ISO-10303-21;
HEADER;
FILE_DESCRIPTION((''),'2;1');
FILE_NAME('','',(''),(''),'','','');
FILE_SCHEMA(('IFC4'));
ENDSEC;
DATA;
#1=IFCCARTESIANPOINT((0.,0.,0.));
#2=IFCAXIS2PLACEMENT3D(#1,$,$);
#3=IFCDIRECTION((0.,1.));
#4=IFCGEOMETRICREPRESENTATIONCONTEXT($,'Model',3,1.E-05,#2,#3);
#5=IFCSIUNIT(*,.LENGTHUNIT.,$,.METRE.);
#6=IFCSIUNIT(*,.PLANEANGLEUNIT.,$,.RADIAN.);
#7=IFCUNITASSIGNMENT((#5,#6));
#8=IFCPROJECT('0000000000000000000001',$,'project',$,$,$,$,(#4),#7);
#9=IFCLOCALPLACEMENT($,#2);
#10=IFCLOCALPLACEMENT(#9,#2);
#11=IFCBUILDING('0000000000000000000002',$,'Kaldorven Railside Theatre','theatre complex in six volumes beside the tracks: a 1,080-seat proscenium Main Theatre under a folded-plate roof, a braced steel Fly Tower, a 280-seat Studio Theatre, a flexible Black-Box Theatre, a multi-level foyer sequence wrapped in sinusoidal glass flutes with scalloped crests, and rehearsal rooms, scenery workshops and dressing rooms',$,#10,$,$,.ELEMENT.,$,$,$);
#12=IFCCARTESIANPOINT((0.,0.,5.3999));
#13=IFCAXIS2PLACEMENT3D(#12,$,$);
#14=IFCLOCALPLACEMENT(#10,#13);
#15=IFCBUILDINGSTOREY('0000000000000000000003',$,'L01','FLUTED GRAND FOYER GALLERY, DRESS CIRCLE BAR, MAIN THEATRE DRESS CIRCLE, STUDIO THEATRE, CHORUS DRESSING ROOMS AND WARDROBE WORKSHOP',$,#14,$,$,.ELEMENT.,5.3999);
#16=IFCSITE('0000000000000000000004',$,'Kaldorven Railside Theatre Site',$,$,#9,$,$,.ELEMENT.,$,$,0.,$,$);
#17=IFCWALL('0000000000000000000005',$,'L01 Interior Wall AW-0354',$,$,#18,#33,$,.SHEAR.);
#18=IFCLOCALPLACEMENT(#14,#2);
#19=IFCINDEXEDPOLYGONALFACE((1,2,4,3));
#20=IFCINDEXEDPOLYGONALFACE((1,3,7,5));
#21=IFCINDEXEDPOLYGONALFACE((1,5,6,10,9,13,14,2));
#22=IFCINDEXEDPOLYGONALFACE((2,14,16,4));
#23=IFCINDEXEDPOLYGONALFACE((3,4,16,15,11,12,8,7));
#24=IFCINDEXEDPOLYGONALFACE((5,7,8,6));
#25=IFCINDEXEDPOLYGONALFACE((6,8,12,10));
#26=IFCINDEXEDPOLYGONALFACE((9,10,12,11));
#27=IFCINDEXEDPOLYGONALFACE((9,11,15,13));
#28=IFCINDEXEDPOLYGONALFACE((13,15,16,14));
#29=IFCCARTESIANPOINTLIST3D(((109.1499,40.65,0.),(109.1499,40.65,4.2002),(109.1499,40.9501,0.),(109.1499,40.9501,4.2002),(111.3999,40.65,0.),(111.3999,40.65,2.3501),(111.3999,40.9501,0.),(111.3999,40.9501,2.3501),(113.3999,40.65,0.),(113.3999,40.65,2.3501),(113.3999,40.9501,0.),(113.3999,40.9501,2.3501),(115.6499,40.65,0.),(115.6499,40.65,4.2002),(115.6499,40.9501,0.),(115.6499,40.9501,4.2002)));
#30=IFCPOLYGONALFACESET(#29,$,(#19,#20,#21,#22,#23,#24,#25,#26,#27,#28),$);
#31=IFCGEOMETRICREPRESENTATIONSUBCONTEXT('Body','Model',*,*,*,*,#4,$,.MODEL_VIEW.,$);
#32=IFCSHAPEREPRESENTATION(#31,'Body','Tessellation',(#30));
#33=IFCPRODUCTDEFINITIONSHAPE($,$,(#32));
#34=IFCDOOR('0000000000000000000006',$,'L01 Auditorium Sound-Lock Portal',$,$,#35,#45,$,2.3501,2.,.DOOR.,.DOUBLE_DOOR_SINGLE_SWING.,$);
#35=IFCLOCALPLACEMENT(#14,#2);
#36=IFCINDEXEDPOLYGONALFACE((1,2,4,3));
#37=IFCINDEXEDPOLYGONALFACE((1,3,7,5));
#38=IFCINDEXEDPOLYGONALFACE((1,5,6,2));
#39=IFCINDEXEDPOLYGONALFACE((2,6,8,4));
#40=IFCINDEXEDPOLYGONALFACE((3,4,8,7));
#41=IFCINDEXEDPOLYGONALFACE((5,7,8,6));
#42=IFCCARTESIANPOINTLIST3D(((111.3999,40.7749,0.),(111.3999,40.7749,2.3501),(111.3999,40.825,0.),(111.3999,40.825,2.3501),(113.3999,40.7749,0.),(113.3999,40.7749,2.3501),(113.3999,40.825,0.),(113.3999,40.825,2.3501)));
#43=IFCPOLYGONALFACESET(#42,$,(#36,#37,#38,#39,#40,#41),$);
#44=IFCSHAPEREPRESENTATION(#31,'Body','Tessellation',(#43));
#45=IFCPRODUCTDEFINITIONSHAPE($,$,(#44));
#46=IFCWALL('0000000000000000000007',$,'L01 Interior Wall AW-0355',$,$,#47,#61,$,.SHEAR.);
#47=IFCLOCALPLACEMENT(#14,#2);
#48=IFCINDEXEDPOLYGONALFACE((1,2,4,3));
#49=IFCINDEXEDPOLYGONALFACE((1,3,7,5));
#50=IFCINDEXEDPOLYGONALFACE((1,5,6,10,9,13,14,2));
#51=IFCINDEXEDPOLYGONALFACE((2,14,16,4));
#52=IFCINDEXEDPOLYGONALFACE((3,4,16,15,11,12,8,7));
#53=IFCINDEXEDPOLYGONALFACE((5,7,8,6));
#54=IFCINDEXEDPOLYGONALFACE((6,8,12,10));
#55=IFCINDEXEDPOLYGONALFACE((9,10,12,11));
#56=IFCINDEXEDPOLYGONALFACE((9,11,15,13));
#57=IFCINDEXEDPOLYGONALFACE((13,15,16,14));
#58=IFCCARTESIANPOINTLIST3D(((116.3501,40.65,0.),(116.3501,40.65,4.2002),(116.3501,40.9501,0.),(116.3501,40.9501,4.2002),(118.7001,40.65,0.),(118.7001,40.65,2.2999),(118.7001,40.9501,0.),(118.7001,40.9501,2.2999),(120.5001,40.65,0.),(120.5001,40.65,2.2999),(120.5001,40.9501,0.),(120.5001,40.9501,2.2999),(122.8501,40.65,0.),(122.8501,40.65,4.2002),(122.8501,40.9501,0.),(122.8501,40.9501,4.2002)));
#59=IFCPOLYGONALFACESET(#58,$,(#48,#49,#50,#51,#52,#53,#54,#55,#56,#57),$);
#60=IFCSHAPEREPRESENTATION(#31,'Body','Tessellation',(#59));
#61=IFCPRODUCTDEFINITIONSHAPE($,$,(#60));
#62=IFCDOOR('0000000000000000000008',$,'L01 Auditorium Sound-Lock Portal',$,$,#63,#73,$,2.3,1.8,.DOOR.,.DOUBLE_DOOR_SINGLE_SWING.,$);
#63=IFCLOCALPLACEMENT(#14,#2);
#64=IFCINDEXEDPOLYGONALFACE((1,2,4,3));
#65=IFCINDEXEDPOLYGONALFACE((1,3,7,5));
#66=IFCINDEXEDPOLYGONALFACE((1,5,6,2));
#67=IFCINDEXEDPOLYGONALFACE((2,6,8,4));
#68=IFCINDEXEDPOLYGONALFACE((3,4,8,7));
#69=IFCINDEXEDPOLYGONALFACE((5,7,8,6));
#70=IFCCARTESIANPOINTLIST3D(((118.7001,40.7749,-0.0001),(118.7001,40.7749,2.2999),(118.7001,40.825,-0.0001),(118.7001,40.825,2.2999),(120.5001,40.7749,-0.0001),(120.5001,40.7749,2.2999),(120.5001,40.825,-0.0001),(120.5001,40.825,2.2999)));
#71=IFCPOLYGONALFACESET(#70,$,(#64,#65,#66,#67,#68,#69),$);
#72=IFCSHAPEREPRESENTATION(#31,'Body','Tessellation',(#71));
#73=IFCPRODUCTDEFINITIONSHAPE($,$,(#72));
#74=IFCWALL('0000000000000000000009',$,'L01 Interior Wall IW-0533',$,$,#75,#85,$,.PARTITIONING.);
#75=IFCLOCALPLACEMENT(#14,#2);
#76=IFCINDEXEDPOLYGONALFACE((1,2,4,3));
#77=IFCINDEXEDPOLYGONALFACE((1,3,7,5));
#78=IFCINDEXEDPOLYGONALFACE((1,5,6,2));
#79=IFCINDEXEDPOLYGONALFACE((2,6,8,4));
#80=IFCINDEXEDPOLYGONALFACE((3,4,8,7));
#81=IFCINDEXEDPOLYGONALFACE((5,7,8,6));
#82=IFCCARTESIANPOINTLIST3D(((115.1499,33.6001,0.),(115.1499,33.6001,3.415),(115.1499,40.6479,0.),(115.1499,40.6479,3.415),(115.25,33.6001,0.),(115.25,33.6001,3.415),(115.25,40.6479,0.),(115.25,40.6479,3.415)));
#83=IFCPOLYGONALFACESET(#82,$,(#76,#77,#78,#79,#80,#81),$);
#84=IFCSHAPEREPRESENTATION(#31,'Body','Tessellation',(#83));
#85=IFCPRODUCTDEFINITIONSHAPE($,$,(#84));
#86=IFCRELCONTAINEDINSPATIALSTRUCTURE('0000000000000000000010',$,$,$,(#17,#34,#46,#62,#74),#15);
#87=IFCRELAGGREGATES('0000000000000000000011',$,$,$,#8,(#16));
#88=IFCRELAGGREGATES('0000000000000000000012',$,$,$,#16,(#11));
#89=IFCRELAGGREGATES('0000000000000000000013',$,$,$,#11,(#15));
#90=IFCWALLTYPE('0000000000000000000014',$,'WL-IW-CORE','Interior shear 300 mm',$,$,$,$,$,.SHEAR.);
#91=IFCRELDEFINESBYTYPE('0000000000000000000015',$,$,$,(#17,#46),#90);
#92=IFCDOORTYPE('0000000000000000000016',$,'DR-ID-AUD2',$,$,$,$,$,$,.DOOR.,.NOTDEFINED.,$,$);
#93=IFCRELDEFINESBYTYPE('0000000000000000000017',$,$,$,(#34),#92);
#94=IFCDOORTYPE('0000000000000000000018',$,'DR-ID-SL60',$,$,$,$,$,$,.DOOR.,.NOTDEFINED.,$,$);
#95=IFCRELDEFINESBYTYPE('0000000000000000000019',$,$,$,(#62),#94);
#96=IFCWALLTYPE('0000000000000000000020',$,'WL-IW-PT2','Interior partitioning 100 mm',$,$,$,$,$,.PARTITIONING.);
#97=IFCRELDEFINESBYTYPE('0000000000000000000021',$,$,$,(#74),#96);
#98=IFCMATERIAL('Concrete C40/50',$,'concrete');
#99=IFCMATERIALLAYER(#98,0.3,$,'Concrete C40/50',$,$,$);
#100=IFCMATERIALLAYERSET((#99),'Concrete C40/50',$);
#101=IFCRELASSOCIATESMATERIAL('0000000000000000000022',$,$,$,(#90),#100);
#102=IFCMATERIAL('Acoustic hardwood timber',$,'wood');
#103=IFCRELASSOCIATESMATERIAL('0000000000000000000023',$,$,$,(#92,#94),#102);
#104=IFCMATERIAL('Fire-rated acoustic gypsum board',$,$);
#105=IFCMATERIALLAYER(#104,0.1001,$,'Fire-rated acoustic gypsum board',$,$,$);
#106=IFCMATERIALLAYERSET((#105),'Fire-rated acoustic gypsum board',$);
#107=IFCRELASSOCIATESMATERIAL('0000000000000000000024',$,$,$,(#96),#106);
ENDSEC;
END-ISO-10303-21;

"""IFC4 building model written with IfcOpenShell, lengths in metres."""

from ifc_helpers import new_model, si_unit, direction, frame, frame_2d, origin, place, context, subcontext, project, spatial, rectangle, extrude, material, layer, layer_set, type_object, element, fill, save


model = new_model("IFC4")

# Units and contexts
model_context = context("Model", 3, precision=1e-05, world=origin(), true_north=direction((0.0, 1.0)))
body_context = subcontext(model_context, "Body", "Model", "MODEL_VIEW")
ifc_project = project(units=[si_unit("LENGTHUNIT", "METRE"), si_unit("PLANEANGLEUNIT", "RADIAN")], contexts=[model_context])

# Site, building, storey
site_placement = place(None, origin())
site = spatial("IfcSite", under=ifc_project, at=site_placement, Name="Kaldorven Railside Theatre Site", CompositionType="ELEMENT", RefElevation=0.0)
building_placement = place(site_placement, origin())
building = spatial("IfcBuilding", under=site, at=building_placement, Name="Kaldorven Railside Theatre", Description="theatre complex in six volumes beside the tracks: a 1,080-seat proscenium Main Theatre under a folded-plate roof, a braced steel Fly Tower, a 280-seat Studio Theatre, a flexible Black-Box Theatre, a multi-level foyer sequence wrapped in sinusoidal glass flutes with scalloped crests, and rehearsal rooms, scenery workshops and dressing rooms", CompositionType="ELEMENT")
storey_placement = place(building_placement, frame((0.0, 0.0, 5.3999)))
storey = spatial("IfcBuildingStorey", under=building, at=storey_placement, Name="L01", Description="FLUTED GRAND FOYER GALLERY, DRESS CIRCLE BAR, MAIN THEATRE DRESS CIRCLE, STUDIO THEATRE, CHORUS DRESSING ROOMS AND WARDROBE WORKSHOP", CompositionType="ELEMENT", Elevation=5.3999)

# Shared definitions
ifc_material_1 = material(Name="Concrete C40/50", Category="concrete")

# Walls, openings, doors
ifc_layer_1 = layer(ifc_material_1, 0.3, Name="Concrete C40/50")
ifc_layer_set_1 = layer_set([ifc_layer_1], Name="Concrete C40/50")
wall_type_1 = type_object("IfcWallType", Name="WL-IW-CORE", Description="Interior shear 300 mm", PredefinedType="SHEAR", material=ifc_layer_set_1)
wall_1_placement = place(storey_placement, frame((109.1499, 40.8, 0.0), z_axis=(0.0, 0.0, 1.0), x_axis=(1.0, 0.0, 0.0)))
wall_1 = element("IfcWall", 1, at=wall_1_placement, inside=storey, type_object=wall_type_1, Name="L01 Interior Wall AW-0354", PredefinedType="SHEAR", context=body_context, shape_type="SweptSolid", body=[
    extrude(rectangle(XDim=6.5, YDim=0.3, at=frame_2d((3.25, 0.0))), origin(), (0.0, 0.0, 1.0), 4.2002),
])
opening_1_placement = place(wall_1_placement, frame((2.25, 0.0, 0.0)))
opening_1 = element("IfcOpeningElement", 2, at=opening_1_placement, cuts=wall_1, PredefinedType="OPENING", context=body_context, shape_type="SweptSolid", body=[
    extrude(rectangle(XDim=2.0, YDim=2.3501, at=frame_2d((1.0, 1.175))), frame((0.0, 0.1602, 0.0), z_axis=(0.0, -1.0, 0.0), x_axis=(1.0, 0.0, 0.0)), (0.0, 0.0, 1.0), 0.3201),
])
ifc_material_2 = material(Name="Acoustic hardwood timber", Category="wood")
door_type_1 = type_object("IfcDoorType", Name="DR-ID-AUD2", OperationType="NOTDEFINED", PredefinedType="DOOR", material=ifc_material_2)
door_1_placement = place(opening_1_placement, origin())
door_1 = element("IfcDoor", 3, at=door_1_placement, inside=storey, type_object=door_type_1, Name="L01 Auditorium Sound-Lock Portal", OperationType="DOUBLE_DOOR_SINGLE_SWING", OverallHeight=2.3501, OverallWidth=2.0, PredefinedType="DOOR", context=body_context, shape_type="SweptSolid", body=[
    extrude(rectangle(XDim=2.0, YDim=2.3501, at=frame_2d((1.0, 1.175))), frame((0.0, 0.0249, 0.0), z_axis=(0.0, -1.0, 0.0), x_axis=(1.0, 0.0, 0.0)), (0.0, 0.0, 1.0), 0.05),
])
fill(opening_1, door_1)
wall_2_placement = place(storey_placement, frame((116.3501, 40.8, 0.0), z_axis=(0.0, 0.0, 1.0), x_axis=(1.0, 0.0, 0.0)))
wall_2 = element("IfcWall", 4, at=wall_2_placement, inside=storey, type_object=wall_type_1, Name="L01 Interior Wall AW-0355", PredefinedType="SHEAR", context=body_context, shape_type="SweptSolid", body=[
    extrude(rectangle(XDim=6.5, YDim=0.3, at=frame_2d((3.25, 0.0))), origin(), (0.0, 0.0, 1.0), 4.2002),
])
opening_2_placement = place(wall_2_placement, frame((2.3501, 0.0, 0.0)))
opening_2 = element("IfcOpeningElement", 5, at=opening_2_placement, cuts=wall_2, PredefinedType="OPENING", context=body_context, shape_type="SweptSolid", body=[
    extrude(rectangle(XDim=1.8, YDim=2.3, at=frame_2d((0.8999, 1.1499))), frame((0.0, 0.1602, 0.0), z_axis=(0.0, -1.0, 0.0), x_axis=(1.0, 0.0, 0.0)), (0.0, 0.0, 1.0), 0.3201),
])
door_type_2 = type_object("IfcDoorType", Name="DR-ID-SL60", OperationType="NOTDEFINED", PredefinedType="DOOR", material=ifc_material_2)
door_2_placement = place(opening_2_placement, origin())
door_2 = element("IfcDoor", 6, at=door_2_placement, inside=storey, type_object=door_type_2, Name="L01 Auditorium Sound-Lock Portal", OperationType="DOUBLE_DOOR_SINGLE_SWING", OverallHeight=2.3, OverallWidth=1.8, PredefinedType="DOOR", context=body_context, shape_type="SweptSolid", body=[
    extrude(rectangle(XDim=1.8, YDim=2.3, at=frame_2d((0.8999, 1.1499))), frame((0.0, 0.0249, 0.0), z_axis=(0.0, -1.0, 0.0), x_axis=(1.0, 0.0, 0.0)), (0.0, 0.0, 1.0), 0.05),
])
fill(opening_2, door_2)

# Wall
ifc_material_3 = material(Name="Fire-rated acoustic gypsum board")
ifc_layer_2 = layer(ifc_material_3, 0.1001, Name="Fire-rated acoustic gypsum board")
ifc_layer_set_2 = layer_set([ifc_layer_2], Name="Fire-rated acoustic gypsum board")
wall_type_2 = type_object("IfcWallType", Name="WL-IW-PT2", Description="Interior partitioning 100 mm", PredefinedType="PARTITIONING", material=ifc_layer_set_2)
wall_3_placement = place(storey_placement, frame((115.2, 33.6001, 0.0), z_axis=(0.0, 0.0, 1.0), x_axis=(0.0, 1.0, 0.0)))
element("IfcWall", 7, at=wall_3_placement, inside=storey, type_object=wall_type_2, Name="L01 Interior Wall IW-0533", PredefinedType="PARTITIONING", context=body_context, shape_type="SweptSolid", body=[
    extrude(rectangle(XDim=7.0479, YDim=0.1001, at=frame_2d((3.5239, 0.0))), origin(), (0.0, 0.0, 1.0), 3.415),
])

save(model, "model.ifc")
